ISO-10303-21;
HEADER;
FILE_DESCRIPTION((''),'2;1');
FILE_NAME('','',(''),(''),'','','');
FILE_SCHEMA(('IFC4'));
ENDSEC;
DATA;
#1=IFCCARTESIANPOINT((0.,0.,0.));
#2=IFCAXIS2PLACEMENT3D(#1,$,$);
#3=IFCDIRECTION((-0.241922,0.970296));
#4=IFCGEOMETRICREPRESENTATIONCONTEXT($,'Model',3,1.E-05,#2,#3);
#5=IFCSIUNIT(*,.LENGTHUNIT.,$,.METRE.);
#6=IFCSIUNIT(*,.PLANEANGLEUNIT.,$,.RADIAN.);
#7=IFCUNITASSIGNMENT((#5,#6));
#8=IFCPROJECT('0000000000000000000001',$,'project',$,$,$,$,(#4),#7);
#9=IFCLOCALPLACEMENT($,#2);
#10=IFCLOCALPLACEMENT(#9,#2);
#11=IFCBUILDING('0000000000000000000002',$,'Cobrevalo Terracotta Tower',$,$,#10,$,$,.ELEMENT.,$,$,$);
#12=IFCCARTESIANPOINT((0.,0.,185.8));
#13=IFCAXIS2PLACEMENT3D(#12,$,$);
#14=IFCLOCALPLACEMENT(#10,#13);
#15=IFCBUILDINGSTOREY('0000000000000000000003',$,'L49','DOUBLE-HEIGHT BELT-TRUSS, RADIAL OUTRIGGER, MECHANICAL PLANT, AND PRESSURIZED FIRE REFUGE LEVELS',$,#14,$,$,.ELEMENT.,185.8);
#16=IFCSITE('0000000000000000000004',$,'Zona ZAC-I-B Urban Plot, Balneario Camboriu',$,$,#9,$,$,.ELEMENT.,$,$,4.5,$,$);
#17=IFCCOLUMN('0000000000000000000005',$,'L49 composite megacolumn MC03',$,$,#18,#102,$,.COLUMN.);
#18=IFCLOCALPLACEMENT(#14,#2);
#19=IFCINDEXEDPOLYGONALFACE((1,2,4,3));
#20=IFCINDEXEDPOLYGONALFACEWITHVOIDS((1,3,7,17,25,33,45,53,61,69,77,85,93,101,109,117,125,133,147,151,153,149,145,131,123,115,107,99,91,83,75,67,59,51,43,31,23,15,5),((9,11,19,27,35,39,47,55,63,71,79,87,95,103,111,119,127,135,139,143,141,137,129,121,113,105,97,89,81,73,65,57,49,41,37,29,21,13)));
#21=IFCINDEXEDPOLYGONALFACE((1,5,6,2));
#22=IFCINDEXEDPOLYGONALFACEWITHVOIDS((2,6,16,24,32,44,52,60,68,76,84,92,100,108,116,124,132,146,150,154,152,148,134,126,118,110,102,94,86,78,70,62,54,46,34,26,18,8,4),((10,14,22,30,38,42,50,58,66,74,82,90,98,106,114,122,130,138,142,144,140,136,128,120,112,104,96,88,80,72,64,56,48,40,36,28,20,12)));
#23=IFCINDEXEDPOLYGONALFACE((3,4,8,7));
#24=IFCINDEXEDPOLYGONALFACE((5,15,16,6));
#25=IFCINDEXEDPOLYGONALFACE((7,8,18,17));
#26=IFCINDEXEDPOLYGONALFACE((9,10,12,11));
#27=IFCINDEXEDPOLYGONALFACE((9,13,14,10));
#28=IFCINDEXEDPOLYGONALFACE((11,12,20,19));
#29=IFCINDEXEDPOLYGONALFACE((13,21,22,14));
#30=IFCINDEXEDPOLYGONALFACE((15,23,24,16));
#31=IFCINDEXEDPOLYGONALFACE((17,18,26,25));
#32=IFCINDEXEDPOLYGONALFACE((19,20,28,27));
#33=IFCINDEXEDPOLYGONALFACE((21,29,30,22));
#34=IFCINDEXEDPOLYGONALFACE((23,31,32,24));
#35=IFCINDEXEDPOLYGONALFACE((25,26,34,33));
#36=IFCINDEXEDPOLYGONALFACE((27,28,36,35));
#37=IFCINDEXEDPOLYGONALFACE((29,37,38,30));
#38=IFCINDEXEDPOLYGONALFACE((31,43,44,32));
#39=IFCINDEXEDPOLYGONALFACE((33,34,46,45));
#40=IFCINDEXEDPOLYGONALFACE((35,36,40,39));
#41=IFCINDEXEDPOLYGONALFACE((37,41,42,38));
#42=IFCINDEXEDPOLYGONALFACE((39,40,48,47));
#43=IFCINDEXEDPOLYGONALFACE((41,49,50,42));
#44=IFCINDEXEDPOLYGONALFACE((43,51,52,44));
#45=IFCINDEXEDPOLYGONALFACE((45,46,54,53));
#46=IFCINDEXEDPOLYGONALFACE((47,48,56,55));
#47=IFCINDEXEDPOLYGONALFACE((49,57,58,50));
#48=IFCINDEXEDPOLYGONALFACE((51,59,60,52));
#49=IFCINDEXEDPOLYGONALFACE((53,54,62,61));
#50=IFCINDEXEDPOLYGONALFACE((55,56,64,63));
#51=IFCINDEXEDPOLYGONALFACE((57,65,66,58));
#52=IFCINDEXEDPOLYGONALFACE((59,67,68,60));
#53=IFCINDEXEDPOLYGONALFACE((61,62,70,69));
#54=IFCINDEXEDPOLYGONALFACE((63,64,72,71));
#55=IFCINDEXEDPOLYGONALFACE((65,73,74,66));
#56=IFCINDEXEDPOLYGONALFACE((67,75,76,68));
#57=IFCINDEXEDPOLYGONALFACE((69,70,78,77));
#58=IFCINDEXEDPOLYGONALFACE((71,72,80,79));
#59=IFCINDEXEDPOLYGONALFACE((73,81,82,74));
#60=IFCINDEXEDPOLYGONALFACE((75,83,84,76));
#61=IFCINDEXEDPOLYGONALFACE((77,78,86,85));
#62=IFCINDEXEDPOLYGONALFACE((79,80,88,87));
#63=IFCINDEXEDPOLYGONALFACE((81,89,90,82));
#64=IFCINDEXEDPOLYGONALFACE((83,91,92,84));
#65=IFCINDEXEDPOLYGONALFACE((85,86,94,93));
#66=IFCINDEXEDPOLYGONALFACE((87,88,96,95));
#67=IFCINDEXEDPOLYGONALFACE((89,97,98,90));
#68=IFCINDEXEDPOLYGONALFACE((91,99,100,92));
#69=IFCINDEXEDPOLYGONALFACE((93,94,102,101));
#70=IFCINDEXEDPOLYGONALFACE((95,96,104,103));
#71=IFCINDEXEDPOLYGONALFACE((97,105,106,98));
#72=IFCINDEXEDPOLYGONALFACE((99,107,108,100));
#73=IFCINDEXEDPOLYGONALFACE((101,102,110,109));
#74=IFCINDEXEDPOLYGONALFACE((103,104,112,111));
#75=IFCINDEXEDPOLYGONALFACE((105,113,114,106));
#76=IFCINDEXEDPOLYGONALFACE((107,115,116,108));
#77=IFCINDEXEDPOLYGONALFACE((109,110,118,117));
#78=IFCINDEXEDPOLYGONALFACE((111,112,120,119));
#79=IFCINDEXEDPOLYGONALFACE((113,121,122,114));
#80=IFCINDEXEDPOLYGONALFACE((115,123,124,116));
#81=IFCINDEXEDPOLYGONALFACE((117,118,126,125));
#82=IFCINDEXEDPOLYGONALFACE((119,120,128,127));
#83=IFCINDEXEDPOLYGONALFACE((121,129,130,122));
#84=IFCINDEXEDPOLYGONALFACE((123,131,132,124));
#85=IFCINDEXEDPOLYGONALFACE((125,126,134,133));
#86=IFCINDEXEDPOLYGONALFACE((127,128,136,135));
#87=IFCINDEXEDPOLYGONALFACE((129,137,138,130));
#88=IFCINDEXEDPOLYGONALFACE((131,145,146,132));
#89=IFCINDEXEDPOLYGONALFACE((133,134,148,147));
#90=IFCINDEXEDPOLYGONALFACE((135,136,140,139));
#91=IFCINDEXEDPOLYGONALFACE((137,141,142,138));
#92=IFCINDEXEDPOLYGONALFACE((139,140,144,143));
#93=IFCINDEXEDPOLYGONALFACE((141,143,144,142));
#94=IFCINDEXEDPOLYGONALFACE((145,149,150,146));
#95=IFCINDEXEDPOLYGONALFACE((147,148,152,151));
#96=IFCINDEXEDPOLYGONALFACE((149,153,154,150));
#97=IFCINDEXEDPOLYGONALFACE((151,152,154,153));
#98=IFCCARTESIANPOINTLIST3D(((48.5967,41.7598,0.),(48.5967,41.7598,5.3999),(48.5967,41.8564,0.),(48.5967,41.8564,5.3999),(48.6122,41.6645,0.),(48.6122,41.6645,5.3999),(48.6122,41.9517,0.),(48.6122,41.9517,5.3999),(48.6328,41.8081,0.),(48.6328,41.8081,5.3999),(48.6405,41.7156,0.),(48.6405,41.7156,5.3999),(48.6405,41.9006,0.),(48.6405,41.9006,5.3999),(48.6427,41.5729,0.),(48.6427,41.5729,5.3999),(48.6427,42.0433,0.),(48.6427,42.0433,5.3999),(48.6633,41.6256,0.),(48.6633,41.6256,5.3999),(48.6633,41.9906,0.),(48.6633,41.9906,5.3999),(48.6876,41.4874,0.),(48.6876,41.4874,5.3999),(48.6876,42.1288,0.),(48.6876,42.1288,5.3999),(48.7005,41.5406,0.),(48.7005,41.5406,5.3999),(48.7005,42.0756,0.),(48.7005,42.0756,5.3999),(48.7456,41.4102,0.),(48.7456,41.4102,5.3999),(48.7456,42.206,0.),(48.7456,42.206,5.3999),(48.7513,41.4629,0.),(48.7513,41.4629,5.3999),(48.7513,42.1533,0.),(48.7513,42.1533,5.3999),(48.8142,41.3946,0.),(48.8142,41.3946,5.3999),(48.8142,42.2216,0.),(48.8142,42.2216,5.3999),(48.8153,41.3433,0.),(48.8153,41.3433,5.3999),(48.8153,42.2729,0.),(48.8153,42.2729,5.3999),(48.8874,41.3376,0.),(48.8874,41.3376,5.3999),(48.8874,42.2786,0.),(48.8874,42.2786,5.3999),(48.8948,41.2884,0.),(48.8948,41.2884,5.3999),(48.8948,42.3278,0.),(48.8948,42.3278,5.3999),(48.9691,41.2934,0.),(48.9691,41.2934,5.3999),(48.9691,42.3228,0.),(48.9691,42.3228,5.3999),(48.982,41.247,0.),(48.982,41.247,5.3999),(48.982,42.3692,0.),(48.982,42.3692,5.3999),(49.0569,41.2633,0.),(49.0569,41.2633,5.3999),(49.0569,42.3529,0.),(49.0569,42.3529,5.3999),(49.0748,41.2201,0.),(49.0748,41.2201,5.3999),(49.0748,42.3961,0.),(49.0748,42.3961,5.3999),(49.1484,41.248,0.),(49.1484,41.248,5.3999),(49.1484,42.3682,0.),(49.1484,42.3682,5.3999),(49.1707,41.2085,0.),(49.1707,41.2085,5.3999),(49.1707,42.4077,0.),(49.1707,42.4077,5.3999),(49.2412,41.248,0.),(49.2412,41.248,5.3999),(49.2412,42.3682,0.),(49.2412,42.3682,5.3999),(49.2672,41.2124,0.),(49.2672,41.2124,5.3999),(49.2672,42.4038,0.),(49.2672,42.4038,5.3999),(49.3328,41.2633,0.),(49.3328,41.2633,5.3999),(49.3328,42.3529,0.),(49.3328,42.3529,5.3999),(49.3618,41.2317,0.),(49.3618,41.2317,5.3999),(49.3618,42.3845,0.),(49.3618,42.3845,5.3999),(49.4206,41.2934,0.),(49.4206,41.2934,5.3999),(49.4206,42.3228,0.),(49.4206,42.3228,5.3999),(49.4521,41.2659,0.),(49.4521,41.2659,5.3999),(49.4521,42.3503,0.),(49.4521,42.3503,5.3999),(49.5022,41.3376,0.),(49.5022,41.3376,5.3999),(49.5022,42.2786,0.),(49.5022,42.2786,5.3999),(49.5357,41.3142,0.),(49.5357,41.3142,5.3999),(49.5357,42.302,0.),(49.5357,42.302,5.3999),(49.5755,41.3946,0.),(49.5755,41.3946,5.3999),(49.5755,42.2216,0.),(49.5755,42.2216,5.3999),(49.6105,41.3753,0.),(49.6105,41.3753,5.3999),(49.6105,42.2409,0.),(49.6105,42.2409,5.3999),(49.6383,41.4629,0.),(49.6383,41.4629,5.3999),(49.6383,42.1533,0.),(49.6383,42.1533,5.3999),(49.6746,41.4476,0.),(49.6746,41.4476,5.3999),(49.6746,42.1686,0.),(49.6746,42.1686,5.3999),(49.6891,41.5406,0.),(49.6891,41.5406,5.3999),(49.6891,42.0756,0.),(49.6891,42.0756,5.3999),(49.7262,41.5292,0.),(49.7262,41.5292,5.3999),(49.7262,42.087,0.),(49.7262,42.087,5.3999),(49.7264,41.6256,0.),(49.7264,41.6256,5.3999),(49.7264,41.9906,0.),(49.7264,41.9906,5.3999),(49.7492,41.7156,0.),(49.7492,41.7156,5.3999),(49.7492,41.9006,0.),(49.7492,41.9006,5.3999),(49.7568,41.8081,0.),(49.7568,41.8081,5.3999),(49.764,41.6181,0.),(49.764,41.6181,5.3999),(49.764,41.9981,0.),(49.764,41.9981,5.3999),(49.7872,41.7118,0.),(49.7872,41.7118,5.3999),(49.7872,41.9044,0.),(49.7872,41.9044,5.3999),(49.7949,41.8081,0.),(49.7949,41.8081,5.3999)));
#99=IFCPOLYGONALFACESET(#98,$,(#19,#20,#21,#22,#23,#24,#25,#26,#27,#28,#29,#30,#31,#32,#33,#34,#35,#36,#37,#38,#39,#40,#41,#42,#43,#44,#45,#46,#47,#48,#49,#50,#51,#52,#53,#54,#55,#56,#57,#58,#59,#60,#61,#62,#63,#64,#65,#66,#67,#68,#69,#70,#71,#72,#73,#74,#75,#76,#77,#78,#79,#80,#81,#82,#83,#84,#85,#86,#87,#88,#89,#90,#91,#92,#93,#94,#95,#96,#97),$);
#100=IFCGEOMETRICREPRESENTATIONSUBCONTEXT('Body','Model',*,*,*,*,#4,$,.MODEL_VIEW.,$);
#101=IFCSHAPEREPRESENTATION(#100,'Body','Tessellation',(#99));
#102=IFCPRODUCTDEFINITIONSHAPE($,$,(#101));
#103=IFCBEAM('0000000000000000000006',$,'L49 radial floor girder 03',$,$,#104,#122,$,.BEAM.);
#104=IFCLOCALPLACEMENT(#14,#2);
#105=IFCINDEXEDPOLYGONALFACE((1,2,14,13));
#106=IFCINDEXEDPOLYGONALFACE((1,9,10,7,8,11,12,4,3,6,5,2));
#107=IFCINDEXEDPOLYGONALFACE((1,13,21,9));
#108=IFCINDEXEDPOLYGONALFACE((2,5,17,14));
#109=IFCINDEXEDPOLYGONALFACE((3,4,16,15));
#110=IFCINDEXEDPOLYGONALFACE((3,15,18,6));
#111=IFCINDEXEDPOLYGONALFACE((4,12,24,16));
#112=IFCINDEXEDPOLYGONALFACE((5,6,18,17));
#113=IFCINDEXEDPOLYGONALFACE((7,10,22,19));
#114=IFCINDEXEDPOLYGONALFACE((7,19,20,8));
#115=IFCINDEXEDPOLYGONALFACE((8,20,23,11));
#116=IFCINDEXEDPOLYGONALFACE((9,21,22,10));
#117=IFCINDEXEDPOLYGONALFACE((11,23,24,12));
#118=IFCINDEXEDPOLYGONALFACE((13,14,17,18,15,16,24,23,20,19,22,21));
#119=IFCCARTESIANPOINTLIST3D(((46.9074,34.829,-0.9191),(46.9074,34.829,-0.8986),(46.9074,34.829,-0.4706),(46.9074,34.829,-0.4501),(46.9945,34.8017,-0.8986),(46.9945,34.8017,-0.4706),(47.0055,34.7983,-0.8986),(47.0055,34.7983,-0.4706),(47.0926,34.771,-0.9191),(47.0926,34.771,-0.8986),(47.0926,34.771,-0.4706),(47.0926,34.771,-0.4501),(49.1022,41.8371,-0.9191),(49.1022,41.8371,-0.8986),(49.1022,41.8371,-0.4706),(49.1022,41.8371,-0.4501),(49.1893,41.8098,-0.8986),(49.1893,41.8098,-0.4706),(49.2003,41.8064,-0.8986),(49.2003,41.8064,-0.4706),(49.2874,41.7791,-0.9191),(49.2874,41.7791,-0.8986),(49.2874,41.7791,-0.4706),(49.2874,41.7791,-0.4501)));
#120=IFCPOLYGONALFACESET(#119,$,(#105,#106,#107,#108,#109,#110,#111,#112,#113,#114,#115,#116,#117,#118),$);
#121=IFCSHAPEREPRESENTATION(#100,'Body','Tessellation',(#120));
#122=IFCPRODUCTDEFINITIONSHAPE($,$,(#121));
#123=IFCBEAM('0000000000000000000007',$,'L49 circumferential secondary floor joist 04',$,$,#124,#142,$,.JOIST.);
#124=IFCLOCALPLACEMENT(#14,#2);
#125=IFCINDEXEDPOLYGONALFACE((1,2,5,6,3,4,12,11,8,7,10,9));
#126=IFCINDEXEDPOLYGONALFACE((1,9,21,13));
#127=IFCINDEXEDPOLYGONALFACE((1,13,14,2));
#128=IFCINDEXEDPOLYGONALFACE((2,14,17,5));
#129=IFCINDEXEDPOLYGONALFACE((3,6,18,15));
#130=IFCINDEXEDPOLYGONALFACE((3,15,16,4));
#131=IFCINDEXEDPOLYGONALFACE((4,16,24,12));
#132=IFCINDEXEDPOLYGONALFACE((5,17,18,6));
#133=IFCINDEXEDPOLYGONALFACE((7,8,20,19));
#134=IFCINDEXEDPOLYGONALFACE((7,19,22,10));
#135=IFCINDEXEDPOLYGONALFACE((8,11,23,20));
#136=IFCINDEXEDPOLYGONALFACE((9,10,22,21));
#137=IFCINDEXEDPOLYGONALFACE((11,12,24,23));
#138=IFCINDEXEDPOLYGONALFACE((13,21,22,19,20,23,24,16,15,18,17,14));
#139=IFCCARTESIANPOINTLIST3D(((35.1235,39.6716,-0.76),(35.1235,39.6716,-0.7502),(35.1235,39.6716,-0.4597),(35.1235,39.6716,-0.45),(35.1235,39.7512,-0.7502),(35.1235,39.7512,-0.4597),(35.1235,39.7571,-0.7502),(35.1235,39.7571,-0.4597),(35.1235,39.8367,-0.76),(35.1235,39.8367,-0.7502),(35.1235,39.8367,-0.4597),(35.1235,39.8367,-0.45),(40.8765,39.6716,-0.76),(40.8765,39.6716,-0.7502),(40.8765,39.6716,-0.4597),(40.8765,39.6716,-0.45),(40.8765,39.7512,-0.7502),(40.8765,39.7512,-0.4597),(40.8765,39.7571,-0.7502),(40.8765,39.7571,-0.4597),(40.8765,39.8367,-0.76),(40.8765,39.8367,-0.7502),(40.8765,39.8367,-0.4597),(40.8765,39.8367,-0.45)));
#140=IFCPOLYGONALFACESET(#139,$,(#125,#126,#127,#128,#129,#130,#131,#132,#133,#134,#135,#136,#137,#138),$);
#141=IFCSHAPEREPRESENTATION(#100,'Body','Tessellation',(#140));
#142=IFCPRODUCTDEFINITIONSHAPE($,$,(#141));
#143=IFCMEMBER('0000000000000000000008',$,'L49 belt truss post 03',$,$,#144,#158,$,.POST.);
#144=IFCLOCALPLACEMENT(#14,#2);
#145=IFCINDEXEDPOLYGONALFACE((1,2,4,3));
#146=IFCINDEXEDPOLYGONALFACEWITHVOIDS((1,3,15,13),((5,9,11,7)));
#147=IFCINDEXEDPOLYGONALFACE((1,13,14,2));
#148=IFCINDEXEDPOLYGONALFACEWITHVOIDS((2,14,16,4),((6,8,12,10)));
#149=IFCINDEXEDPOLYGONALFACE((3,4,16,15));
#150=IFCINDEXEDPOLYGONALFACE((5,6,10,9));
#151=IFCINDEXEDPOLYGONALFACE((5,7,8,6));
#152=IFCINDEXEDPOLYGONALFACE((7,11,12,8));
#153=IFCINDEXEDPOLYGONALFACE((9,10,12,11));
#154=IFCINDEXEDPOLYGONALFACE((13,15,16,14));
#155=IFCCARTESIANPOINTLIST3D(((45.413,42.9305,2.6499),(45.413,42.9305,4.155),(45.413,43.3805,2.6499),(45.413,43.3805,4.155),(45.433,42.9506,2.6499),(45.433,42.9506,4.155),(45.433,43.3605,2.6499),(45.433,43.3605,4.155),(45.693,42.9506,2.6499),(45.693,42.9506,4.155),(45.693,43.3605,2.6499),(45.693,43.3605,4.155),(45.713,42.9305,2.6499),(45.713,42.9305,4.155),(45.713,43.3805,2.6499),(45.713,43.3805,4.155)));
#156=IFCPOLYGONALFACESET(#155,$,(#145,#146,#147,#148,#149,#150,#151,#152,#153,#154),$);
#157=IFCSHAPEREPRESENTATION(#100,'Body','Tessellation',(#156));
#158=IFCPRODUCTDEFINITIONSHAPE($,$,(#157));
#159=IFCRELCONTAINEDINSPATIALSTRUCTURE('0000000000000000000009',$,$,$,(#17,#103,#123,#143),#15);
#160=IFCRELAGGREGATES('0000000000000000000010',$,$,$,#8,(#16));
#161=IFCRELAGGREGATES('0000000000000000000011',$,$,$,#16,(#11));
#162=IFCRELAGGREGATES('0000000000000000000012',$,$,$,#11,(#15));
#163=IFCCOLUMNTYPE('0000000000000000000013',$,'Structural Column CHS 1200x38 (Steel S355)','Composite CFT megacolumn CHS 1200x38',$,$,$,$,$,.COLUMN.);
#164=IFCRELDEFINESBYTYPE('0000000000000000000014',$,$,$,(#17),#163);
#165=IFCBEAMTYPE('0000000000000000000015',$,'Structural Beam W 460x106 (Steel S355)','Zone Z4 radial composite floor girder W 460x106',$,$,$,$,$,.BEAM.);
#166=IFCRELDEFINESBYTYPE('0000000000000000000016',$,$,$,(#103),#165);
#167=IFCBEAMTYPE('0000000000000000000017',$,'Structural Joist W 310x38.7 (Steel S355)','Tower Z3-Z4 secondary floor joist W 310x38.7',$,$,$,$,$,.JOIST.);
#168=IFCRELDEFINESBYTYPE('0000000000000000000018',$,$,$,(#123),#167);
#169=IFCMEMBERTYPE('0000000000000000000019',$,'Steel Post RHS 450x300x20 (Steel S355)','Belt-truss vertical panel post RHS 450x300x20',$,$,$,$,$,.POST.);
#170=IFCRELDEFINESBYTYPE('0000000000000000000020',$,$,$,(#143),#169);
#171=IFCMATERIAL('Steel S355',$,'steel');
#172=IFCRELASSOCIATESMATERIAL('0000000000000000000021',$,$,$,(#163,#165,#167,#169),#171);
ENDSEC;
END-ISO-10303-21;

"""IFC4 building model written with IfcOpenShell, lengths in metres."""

from ifc_helpers import new_model, si_unit, direction, frame, origin, origin_2d, place, context, subcontext, project, spatial, hollow_rectangle, hollow_circle, i_section, extrude, source, transform, mapped, material, material_profile, profile_set, type_object, element, save


model = new_model("IFC4")

# Units and contexts
model_context = context("Model", 3, precision=1e-05, world=origin(), true_north=direction((-0.241922, 0.970296)))
body_context = subcontext(model_context, "Body", "Model", "MODEL_VIEW")
ifc_project = project(units=[si_unit("LENGTHUNIT", "METRE"), si_unit("PLANEANGLEUNIT", "RADIAN")], contexts=[model_context])

# Site, building, storey
site_placement = place(None, origin())
site = spatial("IfcSite", under=ifc_project, at=site_placement, Name="Zona ZAC-I-B Urban Plot, Balneario Camboriu", CompositionType="ELEMENT", RefElevation=4.5)
building_placement = place(site_placement, origin())
building = spatial("IfcBuilding", under=site, at=building_placement, Name="Cobrevalo Terracotta Tower", CompositionType="ELEMENT")
storey_placement = place(building_placement, frame((0.0, 0.0, 185.8)))
storey = spatial("IfcBuildingStorey", under=building, at=storey_placement, Name="L49", Description="DOUBLE-HEIGHT BELT-TRUSS, RADIAL OUTRIGGER, MECHANICAL PLANT, AND PRESSURIZED FIRE REFUGE LEVELS", CompositionType="ELEMENT", Elevation=185.8)

# Column
ifc_material_1 = material(Name="Steel S355", Category="steel")
ifc_material_profile_1 = material_profile(ifc_material_1, hollow_circle(Radius=0.6001, WallThickness=0.0381, at=origin_2d()), Name="CHS 1200x38")
ifc_profile_set_1 = profile_set([ifc_material_profile_1], Name="Steel S355")
column_type = type_object("IfcColumnType", Name="Structural Column CHS 1200x38 (Steel S355)", Description="Composite CFT megacolumn CHS 1200x38", PredefinedType="COLUMN", material=ifc_profile_set_1)
column_placement = place(storey_placement, frame((49.1948, 41.8081, 0.0), z_axis=(0.0, 0.0, 1.0), x_axis=(1.0, 0.0, 0.0)))
element("IfcColumn", 1, at=column_placement, inside=storey, type_object=column_type, Name="L49 composite megacolumn MC03", PredefinedType="COLUMN", context=body_context, shape_type="SweptSolid", body=[
    extrude(hollow_circle(Radius=0.6001, WallThickness=0.0381, at=origin_2d()), origin(), (0.0, 0.0, 1.0), 5.3999),
])

# Beams
ifc_material_profile_2 = material_profile(ifc_material_1, i_section(OverallWidth=0.1941, OverallDepth=0.469, WebThickness=0.0115, FlangeThickness=0.0205, at=origin_2d()), Name="W 460x106")
ifc_profile_set_2 = profile_set([ifc_material_profile_2], Name="Steel S355")
beam_type_1 = type_object("IfcBeamType", Name="Structural Beam W 460x106 (Steel S355)", Description="Zone Z4 radial composite floor girder W 460x106", PredefinedType="BEAM", material=ifc_profile_set_2)
beam_1_placement = place(storey_placement, frame((49.1948, 41.8081, -0.6846), z_axis=(-0.298871, -0.954293, 0.0), x_axis=(0.954293, -0.298871, 0.0)))
element("IfcBeam", 2, at=beam_1_placement, inside=storey, type_object=beam_type_1, Name="L49 radial floor girder 03", PredefinedType="BEAM", context=body_context, shape_type="SweptSolid", body=[
    extrude(i_section(OverallWidth=0.1941, OverallDepth=0.469, WebThickness=0.0115, FlangeThickness=0.0205, at=origin_2d()), origin(), (0.0, 0.0, 1.0), 7.3438),
])
ifc_material_profile_3 = material_profile(ifc_material_1, i_section(OverallWidth=0.165, OverallDepth=0.3101, WebThickness=0.0059, FlangeThickness=0.0098, at=origin_2d()), Name="W 310x38.7")
ifc_profile_set_3 = profile_set([ifc_material_profile_3], Name="Steel S355")
beam_type_2 = type_object("IfcBeamType", Name="Structural Joist W 310x38.7 (Steel S355)", Description="Tower Z3-Z4 secondary floor joist W 310x38.7", PredefinedType="JOIST", material=ifc_profile_set_3)
beam_2_placement = place(storey_placement, frame((40.8765, 39.7542, -0.605), z_axis=(-1.0, 0.0, 0.0), x_axis=(0.0, -1.0, 0.0)))
element("IfcBeam", 3, at=beam_2_placement, inside=storey, type_object=beam_type_2, Name="L49 circumferential secondary floor joist 04", PredefinedType="JOIST", context=body_context, shape_type="SweptSolid", body=[
    extrude(i_section(OverallWidth=0.165, OverallDepth=0.3101, WebThickness=0.0059, FlangeThickness=0.0098, at=origin_2d()), origin(), (0.0, 0.0, 1.0), 5.7529),
])

# Member
ifc_material_profile_4 = material_profile(ifc_material_1, hollow_rectangle(XDim=0.3, YDim=0.45, WallThickness=0.02, at=origin_2d()), Name="RHS 450x300x20")
ifc_profile_set_4 = profile_set([ifc_material_profile_4], Name="Steel S355")
member_type_1 = type_object("IfcMemberType", Name="Steel Post RHS 450x300x20 (Steel S355)", Description="Belt-truss vertical panel post RHS 450x300x20", PredefinedType="POST", material=ifc_profile_set_4)
shared_shape_1 = source(origin(), body_context, "Body", "SweptSolid", [
    extrude(hollow_rectangle(XDim=0.3, YDim=0.45, WallThickness=0.02, at=origin_2d()), origin(), (0.0, 0.0, 1.0), 1.5051),
])
member_1_placement = place(storey_placement, frame((45.563, 43.1555, 2.6499), z_axis=(0.0, 0.0, 1.0), x_axis=(1.0, 0.0, 0.0)))
element("IfcMember", 4, at=member_1_placement, inside=storey, type_object=member_type_1, Name="L49 belt truss post 03", PredefinedType="POST", context=body_context, shape_type="MappedRepresentation", body=[
    mapped(shared_shape_1, transform((0.0, 0.0, 0.0), scale=1.0)),
])

save(model, "model.ifc")
